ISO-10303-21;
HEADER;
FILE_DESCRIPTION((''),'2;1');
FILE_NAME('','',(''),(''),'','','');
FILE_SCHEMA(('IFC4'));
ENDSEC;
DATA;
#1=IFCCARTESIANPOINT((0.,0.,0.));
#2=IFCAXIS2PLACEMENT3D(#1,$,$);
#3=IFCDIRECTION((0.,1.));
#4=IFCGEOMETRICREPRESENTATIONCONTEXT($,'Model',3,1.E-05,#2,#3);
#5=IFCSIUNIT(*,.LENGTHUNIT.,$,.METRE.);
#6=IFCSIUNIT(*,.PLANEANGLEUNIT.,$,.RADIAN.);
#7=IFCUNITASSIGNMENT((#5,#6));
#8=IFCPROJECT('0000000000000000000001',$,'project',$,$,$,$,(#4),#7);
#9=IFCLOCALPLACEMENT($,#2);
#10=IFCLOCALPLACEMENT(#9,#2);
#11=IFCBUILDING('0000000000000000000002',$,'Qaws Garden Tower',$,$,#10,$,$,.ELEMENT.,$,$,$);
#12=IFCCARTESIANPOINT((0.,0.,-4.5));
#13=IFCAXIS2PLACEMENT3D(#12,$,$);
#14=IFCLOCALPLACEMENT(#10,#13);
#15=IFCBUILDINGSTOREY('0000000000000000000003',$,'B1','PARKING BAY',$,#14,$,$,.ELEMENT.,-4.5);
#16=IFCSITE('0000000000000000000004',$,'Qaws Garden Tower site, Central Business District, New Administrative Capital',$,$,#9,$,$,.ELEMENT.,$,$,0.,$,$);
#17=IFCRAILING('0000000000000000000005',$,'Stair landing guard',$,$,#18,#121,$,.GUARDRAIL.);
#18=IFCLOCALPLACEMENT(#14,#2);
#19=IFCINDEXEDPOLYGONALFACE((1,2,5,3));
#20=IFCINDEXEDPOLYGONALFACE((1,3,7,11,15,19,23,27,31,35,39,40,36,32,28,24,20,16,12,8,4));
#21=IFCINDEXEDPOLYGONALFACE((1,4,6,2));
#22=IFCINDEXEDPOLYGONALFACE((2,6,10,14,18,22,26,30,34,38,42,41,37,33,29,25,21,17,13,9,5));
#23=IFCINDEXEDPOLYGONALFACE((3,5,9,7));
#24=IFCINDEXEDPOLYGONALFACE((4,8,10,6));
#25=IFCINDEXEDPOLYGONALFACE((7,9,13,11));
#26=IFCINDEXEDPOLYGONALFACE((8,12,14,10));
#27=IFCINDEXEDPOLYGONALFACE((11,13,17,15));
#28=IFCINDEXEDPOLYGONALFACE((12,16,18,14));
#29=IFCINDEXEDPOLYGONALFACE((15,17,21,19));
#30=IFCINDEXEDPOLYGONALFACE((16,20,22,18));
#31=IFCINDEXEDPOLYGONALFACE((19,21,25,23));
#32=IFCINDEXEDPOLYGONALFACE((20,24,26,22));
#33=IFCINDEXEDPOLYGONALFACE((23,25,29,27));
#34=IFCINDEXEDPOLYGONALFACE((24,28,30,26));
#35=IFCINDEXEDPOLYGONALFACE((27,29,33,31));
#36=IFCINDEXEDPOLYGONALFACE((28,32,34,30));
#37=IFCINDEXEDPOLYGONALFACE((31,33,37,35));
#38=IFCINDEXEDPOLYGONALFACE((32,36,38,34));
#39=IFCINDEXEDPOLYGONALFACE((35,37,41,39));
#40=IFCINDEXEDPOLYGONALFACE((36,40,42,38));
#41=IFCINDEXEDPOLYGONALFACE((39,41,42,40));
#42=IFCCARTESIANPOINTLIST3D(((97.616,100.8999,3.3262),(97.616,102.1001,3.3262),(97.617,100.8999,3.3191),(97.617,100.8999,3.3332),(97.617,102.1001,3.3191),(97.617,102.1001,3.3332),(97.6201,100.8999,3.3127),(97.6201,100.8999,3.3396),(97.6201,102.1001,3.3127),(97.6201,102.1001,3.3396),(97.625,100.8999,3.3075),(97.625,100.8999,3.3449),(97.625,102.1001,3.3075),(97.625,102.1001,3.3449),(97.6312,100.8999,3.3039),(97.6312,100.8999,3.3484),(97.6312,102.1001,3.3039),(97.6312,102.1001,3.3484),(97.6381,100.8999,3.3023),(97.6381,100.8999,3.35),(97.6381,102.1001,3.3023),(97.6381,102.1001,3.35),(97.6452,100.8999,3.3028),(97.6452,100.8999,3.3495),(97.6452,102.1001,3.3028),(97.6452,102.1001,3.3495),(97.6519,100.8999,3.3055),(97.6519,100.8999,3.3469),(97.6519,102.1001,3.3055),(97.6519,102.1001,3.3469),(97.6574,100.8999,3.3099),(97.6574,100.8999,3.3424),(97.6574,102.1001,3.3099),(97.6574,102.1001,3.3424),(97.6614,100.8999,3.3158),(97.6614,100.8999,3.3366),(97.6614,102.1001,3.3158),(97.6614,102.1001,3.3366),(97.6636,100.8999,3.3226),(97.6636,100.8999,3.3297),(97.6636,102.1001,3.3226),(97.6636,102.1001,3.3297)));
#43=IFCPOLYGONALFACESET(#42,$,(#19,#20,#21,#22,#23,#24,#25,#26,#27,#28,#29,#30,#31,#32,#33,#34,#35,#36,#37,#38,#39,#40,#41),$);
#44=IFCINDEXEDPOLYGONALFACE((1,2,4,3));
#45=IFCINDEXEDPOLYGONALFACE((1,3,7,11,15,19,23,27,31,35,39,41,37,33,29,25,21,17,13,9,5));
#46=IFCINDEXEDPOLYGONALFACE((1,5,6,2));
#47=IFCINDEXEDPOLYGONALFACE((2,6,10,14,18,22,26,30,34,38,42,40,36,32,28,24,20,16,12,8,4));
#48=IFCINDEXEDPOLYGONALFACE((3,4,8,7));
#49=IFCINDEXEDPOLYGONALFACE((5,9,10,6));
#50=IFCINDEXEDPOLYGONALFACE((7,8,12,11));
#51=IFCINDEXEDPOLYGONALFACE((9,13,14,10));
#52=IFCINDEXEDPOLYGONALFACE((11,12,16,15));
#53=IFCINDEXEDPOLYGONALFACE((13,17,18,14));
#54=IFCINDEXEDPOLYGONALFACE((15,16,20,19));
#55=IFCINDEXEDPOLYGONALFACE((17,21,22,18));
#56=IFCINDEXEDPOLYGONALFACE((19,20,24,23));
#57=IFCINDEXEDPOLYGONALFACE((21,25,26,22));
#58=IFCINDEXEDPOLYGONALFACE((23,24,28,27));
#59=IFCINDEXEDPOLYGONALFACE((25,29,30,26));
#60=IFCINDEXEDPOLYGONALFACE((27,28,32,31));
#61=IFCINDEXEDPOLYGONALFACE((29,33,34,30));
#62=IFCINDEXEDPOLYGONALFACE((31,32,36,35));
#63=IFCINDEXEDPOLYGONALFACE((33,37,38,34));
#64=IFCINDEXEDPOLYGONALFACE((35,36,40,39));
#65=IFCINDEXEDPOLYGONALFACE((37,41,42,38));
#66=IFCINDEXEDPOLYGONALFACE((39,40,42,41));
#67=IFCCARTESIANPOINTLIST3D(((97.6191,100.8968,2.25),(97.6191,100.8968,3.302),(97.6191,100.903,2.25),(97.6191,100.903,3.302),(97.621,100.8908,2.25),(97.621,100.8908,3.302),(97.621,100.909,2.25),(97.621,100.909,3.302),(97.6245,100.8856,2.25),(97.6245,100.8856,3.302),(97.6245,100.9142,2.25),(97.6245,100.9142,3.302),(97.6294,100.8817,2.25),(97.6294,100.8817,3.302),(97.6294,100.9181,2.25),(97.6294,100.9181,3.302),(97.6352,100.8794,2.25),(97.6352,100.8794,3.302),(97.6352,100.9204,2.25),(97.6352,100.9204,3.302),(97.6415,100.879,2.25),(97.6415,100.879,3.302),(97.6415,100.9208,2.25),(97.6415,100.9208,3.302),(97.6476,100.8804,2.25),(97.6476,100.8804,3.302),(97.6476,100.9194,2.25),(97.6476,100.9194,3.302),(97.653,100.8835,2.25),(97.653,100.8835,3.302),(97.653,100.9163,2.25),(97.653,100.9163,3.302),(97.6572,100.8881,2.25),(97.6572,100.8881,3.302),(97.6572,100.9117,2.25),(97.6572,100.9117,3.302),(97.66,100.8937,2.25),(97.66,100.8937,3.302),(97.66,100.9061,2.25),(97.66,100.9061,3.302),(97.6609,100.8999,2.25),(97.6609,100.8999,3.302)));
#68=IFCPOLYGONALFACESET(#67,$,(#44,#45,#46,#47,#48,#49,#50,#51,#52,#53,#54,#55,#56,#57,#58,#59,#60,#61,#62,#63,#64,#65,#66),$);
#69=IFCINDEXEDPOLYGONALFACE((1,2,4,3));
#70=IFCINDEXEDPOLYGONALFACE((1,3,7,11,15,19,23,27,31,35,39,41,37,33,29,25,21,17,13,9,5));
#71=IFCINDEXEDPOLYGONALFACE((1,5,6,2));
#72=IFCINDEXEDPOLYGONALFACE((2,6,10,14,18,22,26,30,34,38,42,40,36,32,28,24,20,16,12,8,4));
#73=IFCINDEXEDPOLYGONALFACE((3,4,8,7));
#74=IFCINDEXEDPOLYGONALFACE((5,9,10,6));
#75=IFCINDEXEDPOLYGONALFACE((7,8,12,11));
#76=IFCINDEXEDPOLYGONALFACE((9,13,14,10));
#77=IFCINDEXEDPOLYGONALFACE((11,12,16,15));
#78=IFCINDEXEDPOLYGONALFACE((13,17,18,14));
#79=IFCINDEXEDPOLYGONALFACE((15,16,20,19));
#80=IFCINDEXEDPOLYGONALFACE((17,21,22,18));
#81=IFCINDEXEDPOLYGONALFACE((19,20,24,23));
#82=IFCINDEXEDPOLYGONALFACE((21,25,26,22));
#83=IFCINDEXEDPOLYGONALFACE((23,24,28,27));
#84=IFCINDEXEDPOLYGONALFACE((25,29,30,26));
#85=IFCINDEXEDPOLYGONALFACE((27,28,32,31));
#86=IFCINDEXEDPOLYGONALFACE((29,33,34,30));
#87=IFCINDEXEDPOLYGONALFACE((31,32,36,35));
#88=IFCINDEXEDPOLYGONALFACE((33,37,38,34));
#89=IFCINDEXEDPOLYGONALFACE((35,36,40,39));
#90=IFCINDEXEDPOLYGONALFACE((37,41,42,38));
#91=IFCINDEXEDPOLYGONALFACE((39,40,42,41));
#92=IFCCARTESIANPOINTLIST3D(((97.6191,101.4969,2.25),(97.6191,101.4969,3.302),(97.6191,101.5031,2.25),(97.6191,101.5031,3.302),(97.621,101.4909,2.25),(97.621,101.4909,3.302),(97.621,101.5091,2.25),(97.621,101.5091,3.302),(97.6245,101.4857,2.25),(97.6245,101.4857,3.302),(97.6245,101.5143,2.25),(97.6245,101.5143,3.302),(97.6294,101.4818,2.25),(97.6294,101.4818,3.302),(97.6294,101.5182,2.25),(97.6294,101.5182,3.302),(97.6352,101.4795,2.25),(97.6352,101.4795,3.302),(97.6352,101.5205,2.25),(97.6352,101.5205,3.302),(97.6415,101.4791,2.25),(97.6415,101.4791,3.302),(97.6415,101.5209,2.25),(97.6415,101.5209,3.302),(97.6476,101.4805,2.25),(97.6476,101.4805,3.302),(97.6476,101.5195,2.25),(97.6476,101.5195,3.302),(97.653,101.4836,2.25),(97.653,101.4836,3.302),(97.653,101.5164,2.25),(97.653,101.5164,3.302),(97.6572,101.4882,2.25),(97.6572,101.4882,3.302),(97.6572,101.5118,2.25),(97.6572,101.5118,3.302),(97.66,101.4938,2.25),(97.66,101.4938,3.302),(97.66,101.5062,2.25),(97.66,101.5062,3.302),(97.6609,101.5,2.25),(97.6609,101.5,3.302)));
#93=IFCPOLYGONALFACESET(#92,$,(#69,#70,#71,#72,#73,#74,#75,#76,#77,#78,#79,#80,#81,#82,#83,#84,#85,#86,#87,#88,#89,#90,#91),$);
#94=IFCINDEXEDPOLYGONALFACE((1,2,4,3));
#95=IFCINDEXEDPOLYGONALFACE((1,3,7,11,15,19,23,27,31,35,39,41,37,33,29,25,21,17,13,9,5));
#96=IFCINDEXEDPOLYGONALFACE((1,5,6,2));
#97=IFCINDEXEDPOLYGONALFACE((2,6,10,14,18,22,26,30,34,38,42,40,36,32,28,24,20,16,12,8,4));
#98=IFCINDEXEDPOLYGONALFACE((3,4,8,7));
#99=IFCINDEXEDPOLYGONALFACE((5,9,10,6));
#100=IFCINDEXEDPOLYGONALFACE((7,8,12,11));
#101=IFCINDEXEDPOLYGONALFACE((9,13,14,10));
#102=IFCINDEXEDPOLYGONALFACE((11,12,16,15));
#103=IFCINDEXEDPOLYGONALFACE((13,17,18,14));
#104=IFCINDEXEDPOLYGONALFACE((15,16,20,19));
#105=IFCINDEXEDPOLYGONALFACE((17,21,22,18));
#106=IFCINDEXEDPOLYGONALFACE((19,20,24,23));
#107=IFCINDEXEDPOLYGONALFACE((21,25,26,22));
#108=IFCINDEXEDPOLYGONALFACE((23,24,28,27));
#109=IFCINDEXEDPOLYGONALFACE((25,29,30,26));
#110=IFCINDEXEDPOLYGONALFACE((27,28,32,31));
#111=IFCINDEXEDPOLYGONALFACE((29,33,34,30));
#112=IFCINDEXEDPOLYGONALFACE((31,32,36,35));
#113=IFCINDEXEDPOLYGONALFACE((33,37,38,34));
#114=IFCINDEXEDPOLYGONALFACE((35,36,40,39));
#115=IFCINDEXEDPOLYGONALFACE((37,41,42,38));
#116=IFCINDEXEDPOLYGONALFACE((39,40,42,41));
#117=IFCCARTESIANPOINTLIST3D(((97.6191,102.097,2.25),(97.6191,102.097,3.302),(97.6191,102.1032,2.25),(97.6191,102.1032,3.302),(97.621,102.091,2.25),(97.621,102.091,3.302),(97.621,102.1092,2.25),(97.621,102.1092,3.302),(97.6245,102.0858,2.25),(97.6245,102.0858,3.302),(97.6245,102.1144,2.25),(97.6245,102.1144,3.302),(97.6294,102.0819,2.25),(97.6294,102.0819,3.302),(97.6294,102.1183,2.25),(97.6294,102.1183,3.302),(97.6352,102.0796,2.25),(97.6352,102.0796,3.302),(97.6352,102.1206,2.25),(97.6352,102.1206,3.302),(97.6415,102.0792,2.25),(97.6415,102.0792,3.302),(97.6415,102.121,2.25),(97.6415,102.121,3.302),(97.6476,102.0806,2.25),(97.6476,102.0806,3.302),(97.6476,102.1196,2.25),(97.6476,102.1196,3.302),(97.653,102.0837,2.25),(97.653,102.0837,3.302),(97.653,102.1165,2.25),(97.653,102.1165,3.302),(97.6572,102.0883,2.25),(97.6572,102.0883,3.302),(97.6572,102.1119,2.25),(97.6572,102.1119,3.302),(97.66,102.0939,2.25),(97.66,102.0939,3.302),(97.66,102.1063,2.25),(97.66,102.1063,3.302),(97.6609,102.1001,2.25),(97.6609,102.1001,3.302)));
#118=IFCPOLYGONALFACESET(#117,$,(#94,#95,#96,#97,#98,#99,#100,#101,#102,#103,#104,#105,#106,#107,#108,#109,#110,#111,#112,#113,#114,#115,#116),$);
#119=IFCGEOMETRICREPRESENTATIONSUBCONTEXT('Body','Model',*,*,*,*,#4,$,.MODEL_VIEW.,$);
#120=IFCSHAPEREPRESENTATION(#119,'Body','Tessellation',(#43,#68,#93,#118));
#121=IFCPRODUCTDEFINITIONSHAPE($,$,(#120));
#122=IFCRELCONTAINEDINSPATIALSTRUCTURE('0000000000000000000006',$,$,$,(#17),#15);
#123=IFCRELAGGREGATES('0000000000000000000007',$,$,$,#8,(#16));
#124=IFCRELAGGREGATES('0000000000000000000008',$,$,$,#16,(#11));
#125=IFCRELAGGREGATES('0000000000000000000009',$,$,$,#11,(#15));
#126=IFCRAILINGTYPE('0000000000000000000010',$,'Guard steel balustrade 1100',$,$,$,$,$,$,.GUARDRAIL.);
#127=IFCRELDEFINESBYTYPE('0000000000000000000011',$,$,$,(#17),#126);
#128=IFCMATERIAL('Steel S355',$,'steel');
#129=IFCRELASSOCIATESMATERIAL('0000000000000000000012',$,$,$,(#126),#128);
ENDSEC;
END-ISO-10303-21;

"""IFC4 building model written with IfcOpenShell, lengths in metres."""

from ifc_helpers import new_model, si_unit, direction, frame, origin, origin_2d, place, context, subcontext, project, spatial, circle, extrude, material, type_object, element, save


model = new_model("IFC4")

# Units and contexts
model_context = context("Model", 3, precision=1e-05, world=origin(), true_north=direction((0.0, 1.0)))
body_context = subcontext(model_context, "Body", "Model", "MODEL_VIEW")
ifc_project = project(units=[si_unit("LENGTHUNIT", "METRE"), si_unit("PLANEANGLEUNIT", "RADIAN")], contexts=[model_context])

# Site, building, storey
site_placement = place(None, origin())
site = spatial("IfcSite", under=ifc_project, at=site_placement, Name="Qaws Garden Tower site, Central Business District, New Administrative Capital", CompositionType="ELEMENT", RefElevation=0.0)
building_placement = place(site_placement, origin())
building = spatial("IfcBuilding", under=site, at=building_placement, Name="Qaws Garden Tower", CompositionType="ELEMENT")
storey_placement = place(building_placement, frame((0.0, 0.0, -4.5)))
storey = spatial("IfcBuildingStorey", under=building, at=storey_placement, Name="B1", Description="PARKING BAY", CompositionType="ELEMENT", Elevation=-4.5)

# Railing
ifc_material_1 = material(Name="Steel S355", Category="steel")
railing_type_1 = type_object("IfcRailingType", Name="Guard steel balustrade 1100", PredefinedType="GUARDRAIL", material=ifc_material_1)
railing_1_placement = place(storey_placement, frame((97.6399, 100.8999, 2.25)))
element("IfcRailing", 1, at=railing_1_placement, inside=storey, type_object=railing_type_1, Name="Stair landing guard", PredefinedType="GUARDRAIL", context=body_context, shape_type="SweptSolid", body=[
    extrude(circle(Radius=0.0239, at=origin_2d()), frame((0.0, 0.0, 1.0762), z_axis=(0.0, 1.0, 0.0), x_axis=(-1.0, 0.0, 0.0)), (0.0, 0.0, 1.0), 1.2002),
    extrude(circle(Radius=0.021, at=origin_2d()), origin(), (0.0, 0.0, 1.0), 1.052),
    extrude(circle(Radius=0.021, at=origin_2d()), frame((0.0, 0.6001, 0.0)), (0.0, 0.0, 1.0), 1.052),
    extrude(circle(Radius=0.021, at=origin_2d()), frame((0.0, 1.2002, 0.0)), (0.0, 0.0, 1.0), 1.052),
])

save(model, "model.ifc")
